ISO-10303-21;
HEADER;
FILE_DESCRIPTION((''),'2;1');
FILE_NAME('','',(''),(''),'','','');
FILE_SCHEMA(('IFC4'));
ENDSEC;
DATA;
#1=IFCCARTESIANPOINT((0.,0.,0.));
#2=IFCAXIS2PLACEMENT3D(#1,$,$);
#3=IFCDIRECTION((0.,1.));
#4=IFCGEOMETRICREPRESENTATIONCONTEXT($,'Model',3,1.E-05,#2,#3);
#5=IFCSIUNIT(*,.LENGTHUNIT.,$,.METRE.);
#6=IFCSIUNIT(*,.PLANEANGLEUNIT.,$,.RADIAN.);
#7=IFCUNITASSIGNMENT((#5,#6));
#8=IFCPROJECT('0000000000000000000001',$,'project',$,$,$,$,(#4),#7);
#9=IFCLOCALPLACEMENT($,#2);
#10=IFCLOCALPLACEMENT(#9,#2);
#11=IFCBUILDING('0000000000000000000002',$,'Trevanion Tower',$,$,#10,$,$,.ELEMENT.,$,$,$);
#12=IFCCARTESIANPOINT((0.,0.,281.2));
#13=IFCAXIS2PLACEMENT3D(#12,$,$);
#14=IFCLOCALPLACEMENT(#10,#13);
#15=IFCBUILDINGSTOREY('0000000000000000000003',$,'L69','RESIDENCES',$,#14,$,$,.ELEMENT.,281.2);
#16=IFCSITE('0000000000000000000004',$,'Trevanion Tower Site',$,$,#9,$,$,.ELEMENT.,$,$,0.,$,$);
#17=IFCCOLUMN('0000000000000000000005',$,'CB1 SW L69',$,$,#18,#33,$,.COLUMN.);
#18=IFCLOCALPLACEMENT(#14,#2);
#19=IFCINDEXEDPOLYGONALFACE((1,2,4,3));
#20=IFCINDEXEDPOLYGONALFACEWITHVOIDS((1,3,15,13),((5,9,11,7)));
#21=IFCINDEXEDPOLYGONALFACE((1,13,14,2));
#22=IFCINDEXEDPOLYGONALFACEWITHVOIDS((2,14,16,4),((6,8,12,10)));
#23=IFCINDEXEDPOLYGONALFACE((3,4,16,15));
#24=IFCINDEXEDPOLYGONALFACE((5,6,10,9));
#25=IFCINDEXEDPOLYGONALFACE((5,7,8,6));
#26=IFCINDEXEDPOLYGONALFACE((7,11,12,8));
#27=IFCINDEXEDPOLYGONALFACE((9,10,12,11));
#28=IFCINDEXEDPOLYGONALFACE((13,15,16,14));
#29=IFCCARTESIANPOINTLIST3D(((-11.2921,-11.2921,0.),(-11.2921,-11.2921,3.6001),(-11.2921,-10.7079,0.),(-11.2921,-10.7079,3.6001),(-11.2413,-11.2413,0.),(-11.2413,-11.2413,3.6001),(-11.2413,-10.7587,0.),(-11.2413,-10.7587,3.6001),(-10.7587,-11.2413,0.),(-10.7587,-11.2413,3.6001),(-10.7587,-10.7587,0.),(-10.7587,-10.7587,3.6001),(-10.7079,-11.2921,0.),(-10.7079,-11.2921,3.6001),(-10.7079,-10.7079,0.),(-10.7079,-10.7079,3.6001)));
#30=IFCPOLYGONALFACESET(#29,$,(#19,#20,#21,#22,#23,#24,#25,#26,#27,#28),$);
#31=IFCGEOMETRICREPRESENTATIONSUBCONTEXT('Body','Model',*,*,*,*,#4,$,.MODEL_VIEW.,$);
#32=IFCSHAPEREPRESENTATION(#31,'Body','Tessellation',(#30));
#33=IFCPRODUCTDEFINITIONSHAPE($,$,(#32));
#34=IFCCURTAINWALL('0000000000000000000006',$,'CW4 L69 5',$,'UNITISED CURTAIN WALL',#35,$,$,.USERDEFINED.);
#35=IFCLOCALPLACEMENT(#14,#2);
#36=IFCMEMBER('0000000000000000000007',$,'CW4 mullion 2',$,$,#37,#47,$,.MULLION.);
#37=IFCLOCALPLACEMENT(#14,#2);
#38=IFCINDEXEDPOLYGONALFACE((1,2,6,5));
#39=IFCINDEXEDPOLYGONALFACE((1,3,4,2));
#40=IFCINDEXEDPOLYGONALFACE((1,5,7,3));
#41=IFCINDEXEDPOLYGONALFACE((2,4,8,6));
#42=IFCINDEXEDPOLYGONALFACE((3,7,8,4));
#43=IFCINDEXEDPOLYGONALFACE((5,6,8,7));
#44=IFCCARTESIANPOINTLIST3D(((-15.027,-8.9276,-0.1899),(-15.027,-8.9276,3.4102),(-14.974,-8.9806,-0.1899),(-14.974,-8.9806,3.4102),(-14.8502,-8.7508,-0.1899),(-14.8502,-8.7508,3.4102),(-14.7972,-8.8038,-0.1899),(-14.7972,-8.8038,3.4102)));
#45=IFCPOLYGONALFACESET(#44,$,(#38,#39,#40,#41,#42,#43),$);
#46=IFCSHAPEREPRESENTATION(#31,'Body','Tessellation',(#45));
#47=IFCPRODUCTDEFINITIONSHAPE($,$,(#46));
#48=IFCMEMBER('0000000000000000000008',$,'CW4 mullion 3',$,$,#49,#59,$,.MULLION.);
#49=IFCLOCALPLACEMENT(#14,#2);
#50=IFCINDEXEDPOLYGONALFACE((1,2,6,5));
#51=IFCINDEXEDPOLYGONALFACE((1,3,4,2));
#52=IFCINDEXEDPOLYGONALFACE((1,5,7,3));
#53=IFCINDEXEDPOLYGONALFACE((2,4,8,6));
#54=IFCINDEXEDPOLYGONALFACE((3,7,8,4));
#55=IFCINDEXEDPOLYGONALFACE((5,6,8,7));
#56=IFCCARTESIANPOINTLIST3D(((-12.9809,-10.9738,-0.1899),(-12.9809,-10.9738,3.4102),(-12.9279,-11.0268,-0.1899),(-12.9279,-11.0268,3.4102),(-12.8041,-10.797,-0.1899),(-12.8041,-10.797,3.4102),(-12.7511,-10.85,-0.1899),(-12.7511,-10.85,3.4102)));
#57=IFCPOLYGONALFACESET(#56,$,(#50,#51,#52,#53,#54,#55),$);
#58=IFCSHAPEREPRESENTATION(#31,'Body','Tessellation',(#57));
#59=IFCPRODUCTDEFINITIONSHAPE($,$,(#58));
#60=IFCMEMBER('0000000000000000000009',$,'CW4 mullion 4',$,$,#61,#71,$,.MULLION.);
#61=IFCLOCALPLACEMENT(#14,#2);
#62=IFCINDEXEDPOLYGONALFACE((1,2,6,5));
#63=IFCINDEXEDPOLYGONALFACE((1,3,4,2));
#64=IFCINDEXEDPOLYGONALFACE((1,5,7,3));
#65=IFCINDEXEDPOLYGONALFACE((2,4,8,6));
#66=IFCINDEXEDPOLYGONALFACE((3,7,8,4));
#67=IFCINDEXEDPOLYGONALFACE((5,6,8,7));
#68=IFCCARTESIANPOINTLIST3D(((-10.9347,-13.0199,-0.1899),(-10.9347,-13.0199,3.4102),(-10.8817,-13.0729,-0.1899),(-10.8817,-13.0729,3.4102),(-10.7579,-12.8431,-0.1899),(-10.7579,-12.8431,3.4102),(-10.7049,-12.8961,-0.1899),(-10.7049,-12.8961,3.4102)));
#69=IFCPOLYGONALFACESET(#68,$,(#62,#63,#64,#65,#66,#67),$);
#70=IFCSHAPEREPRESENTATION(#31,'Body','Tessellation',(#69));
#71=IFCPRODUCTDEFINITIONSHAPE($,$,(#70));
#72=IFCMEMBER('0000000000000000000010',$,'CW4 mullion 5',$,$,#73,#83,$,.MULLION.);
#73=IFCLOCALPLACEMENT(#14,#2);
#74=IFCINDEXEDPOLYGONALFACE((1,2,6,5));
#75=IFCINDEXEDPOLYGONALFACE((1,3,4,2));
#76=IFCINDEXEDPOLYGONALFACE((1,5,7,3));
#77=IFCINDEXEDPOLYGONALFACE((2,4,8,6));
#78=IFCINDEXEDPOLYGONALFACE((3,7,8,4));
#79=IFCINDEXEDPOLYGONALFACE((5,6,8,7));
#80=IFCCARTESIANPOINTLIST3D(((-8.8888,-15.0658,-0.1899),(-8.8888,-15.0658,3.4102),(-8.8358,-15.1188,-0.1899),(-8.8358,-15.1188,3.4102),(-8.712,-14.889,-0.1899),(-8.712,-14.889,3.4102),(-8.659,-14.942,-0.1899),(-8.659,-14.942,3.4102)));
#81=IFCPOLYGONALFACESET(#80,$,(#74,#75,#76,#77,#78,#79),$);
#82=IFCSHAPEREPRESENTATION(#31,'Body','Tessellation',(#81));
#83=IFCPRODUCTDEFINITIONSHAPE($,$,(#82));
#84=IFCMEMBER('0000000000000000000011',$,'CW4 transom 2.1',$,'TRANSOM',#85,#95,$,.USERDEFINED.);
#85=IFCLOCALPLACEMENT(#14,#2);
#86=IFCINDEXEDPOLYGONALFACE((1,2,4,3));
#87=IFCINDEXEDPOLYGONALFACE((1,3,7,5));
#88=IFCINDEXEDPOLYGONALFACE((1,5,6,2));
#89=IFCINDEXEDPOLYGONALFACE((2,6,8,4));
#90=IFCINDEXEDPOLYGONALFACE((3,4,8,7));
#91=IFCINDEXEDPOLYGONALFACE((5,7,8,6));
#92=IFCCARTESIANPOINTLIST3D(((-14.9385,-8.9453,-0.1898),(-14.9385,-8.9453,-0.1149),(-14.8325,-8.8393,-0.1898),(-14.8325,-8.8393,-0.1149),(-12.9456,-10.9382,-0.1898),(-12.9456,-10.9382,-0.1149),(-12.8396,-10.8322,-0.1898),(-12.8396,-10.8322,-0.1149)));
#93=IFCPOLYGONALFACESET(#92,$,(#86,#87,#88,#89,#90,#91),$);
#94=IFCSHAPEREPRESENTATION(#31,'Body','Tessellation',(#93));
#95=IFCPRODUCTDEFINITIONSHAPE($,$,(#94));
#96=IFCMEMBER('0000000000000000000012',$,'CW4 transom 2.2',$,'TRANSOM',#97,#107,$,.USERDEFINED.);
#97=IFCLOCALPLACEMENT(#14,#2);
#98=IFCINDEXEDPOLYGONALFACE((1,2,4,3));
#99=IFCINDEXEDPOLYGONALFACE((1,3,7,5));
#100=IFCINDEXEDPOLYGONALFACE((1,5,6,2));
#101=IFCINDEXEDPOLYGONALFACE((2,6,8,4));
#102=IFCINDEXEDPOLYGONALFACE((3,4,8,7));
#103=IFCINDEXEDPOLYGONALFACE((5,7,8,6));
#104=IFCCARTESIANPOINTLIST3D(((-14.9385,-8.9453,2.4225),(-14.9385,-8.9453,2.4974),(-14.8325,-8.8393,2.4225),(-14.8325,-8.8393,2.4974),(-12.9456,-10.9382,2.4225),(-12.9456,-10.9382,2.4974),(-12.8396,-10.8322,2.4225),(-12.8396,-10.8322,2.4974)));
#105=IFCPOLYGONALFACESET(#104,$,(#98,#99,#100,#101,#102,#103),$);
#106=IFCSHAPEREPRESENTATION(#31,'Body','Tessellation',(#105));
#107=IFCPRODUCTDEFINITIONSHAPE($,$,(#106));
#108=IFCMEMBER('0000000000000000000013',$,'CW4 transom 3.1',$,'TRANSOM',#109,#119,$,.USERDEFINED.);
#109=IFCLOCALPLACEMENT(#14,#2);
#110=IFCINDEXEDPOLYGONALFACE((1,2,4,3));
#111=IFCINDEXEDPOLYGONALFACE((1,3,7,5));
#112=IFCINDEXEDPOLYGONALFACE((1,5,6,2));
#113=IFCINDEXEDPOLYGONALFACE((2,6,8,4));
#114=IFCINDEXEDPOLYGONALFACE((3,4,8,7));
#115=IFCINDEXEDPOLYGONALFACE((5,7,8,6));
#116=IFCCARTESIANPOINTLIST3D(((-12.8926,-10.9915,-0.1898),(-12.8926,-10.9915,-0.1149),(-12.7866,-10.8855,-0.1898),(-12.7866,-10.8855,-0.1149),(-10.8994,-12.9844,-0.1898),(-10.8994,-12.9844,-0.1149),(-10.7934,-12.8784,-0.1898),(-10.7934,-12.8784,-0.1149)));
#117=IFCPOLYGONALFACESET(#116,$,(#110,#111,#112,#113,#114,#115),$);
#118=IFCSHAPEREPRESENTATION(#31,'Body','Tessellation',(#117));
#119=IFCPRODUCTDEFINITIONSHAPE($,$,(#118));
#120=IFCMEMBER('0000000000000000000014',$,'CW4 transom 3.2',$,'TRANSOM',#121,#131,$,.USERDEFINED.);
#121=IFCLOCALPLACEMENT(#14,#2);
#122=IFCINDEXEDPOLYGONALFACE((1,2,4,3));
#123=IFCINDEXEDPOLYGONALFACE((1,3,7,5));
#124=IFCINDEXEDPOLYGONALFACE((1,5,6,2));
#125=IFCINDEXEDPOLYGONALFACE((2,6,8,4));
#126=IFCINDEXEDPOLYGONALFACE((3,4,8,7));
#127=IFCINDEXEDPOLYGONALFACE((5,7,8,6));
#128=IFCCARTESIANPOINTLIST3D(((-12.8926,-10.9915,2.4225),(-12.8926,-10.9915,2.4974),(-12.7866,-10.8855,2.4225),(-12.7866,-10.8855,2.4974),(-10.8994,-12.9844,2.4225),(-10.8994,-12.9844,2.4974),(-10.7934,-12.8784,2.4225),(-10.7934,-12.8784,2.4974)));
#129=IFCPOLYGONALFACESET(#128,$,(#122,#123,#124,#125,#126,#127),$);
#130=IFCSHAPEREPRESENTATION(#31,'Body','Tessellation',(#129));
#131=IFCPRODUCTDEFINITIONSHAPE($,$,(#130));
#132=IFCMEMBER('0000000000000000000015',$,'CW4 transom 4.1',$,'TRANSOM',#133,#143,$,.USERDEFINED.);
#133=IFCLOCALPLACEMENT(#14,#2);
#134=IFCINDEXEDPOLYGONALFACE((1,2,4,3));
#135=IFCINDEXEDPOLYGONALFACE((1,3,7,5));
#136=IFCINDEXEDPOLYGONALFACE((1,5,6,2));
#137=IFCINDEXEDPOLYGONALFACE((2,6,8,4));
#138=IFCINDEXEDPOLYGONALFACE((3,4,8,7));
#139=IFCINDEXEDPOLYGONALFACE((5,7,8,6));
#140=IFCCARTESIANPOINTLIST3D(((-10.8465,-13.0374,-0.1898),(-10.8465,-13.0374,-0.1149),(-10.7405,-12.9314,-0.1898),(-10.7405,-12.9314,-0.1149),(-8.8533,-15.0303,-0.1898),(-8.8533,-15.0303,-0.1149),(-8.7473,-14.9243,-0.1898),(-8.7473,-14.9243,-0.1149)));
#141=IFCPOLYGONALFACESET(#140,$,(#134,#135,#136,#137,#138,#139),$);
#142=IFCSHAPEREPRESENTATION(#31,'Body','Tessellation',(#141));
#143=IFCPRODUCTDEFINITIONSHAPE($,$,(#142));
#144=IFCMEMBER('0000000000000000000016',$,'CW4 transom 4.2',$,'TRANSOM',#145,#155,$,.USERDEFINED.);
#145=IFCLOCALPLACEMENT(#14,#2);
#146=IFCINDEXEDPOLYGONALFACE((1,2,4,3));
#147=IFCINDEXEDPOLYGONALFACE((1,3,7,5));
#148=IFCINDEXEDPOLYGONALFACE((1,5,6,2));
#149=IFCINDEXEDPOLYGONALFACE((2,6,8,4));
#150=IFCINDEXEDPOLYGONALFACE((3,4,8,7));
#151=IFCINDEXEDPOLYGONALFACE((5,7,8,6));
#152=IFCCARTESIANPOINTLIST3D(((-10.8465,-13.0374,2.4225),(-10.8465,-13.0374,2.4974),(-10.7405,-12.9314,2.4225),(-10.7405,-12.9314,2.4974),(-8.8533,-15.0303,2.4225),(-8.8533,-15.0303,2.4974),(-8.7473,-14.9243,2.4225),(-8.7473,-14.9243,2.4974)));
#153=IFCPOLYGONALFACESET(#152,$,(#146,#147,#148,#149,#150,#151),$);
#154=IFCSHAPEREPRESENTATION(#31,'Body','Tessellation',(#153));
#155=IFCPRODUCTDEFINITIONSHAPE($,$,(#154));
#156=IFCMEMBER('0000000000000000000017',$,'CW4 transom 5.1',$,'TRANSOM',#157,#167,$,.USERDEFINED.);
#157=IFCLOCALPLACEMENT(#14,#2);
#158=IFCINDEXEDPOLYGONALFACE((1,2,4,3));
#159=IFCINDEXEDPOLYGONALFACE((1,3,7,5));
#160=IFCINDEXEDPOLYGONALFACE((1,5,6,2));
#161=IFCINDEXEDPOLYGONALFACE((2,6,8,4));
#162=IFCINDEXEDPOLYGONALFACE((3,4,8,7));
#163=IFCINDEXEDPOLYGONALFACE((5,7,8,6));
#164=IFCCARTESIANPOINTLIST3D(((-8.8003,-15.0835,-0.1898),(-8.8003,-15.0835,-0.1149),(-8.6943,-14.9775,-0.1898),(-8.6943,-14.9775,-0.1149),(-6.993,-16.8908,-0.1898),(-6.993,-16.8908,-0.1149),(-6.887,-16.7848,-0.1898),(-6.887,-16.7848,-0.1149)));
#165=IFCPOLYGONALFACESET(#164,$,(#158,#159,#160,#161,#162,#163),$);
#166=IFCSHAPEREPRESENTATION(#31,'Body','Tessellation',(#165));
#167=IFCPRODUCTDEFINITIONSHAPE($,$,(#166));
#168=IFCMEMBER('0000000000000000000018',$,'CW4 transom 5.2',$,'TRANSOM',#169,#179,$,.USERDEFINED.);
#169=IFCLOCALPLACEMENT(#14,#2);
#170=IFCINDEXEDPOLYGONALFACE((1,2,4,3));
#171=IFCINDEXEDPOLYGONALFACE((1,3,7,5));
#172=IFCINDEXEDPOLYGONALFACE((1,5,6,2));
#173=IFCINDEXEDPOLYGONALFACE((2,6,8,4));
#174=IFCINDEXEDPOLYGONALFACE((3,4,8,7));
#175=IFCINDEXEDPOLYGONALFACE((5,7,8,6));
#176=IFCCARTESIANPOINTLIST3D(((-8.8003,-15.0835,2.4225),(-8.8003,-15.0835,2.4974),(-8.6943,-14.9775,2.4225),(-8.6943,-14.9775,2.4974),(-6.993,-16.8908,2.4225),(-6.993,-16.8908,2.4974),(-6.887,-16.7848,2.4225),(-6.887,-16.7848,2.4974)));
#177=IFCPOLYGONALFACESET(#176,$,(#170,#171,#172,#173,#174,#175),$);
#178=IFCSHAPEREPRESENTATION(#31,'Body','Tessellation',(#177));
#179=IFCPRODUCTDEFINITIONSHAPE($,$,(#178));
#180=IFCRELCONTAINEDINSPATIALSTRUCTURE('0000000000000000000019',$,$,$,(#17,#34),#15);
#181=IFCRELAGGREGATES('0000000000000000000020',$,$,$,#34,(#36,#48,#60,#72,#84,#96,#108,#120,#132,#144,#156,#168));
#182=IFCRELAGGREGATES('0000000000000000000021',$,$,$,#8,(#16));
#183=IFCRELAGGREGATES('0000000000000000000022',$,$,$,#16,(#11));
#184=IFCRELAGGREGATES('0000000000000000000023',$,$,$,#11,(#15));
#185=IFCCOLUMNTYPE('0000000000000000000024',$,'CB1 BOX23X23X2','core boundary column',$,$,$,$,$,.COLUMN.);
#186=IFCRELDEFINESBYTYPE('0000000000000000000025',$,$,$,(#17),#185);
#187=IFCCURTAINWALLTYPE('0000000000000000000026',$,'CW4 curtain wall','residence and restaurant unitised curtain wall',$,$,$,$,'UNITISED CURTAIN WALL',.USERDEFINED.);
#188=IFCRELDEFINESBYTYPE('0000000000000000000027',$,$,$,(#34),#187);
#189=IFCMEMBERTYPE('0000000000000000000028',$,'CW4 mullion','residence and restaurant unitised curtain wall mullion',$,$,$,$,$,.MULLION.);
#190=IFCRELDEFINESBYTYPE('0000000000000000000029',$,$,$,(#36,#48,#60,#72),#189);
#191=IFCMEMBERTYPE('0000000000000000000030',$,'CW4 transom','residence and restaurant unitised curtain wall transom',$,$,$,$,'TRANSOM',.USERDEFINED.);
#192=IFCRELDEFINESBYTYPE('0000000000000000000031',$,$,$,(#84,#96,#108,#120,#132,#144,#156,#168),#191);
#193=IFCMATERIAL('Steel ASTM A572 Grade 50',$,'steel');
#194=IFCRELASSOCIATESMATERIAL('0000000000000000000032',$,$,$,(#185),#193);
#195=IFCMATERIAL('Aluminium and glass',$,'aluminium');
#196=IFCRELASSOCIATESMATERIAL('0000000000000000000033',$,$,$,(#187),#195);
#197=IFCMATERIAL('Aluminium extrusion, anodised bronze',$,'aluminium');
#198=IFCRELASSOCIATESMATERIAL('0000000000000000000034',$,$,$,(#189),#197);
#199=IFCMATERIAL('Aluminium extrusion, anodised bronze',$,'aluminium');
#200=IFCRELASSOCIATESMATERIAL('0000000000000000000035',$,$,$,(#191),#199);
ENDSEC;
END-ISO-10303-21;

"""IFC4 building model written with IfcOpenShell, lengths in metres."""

from ifc_helpers import new_model, si_unit, direction, frame, origin, origin_2d, place, context, subcontext, project, spatial, rectangle, hollow_rectangle, extrude, material, material_profile, profile_set, type_object, element, aggregate, save


model = new_model("IFC4")

# Units and contexts
model_context = context("Model", 3, precision=1e-05, world=origin(), true_north=direction((0.0, 1.0)))
body_context = subcontext(model_context, "Body", "Model", "MODEL_VIEW")
ifc_project = project(units=[si_unit("LENGTHUNIT", "METRE"), si_unit("PLANEANGLEUNIT", "RADIAN")], contexts=[model_context])

# Site, building, storey
site_placement = place(None, origin())
site = spatial("IfcSite", under=ifc_project, at=site_placement, Name="Trevanion Tower Site", CompositionType="ELEMENT", RefElevation=0.0)
building_placement = place(site_placement, origin())
building = spatial("IfcBuilding", under=site, at=building_placement, Name="Trevanion Tower", CompositionType="ELEMENT")
storey_placement = place(building_placement, frame((0.0, 0.0, 281.2)))
storey = spatial("IfcBuildingStorey", under=building, at=storey_placement, Name="L69", Description="RESIDENCES", CompositionType="ELEMENT", Elevation=281.2)

# Column
ifc_material_1 = material(Name="Steel ASTM A572 Grade 50", Category="steel")
ifc_material_profile_1 = material_profile(ifc_material_1, hollow_rectangle(XDim=0.5842, YDim=0.5842, WallThickness=0.0508, at=origin_2d()), Name="BOX23X23X2")
ifc_profile_set_1 = profile_set([ifc_material_profile_1], Name="Steel ASTM A572 Grade 50")
column_type = type_object("IfcColumnType", Name="CB1 BOX23X23X2", Description="core boundary column", PredefinedType="COLUMN", material=ifc_profile_set_1)
column_placement = place(storey_placement, frame((-11.0, -11.0, 0.0), z_axis=(0.0, 0.0, 1.0), x_axis=(1.0, 0.0, 0.0)))
element("IfcColumn", 1, at=column_placement, inside=storey, type_object=column_type, Name="CB1 SW L69", PredefinedType="COLUMN", context=body_context, shape_type="SweptSolid", body=[
    extrude(hollow_rectangle(XDim=0.5842, YDim=0.5842, WallThickness=0.0508, at=origin_2d()), origin(), (0.0, 0.0, 1.0), 3.6001),
])

# Curtain wall, members
ifc_material_2 = material(Name="Aluminium and glass", Category="aluminium")
curtain_wall_type = type_object("IfcCurtainWallType", Name="CW4 curtain wall", Description="residence and restaurant unitised curtain wall", ElementType="UNITISED CURTAIN WALL", PredefinedType="USERDEFINED", material=ifc_material_2)
curtain_wall_placement = place(storey_placement, origin())
curtain_wall = element("IfcCurtainWall", 2, at=curtain_wall_placement, inside=storey, type_object=curtain_wall_type, Name="CW4 L69 5", ObjectType="UNITISED CURTAIN WALL", PredefinedType="USERDEFINED")
ifc_material_3 = material(Name="Aluminium extrusion, anodised bronze", Category="aluminium")
ifc_material_profile_2 = material_profile(ifc_material_3, rectangle(XDim=0.075, YDim=0.25, at=origin_2d()), Name="CW4 mullion")
ifc_profile_set_2 = profile_set([ifc_material_profile_2], Name="Aluminium extrusion, anodised bronze")
member_type_1 = type_object("IfcMemberType", Name="CW4 mullion", Description="residence and restaurant unitised curtain wall mullion", PredefinedType="MULLION", material=ifc_profile_set_2)
member_1_placement = place(storey_placement, frame((-14.9121, -8.8657, -0.1899), z_axis=(0.0, 0.0, 1.0), x_axis=(0.707107, -0.707107, 0.0)))
member_1 = element("IfcMember", 3, at=member_1_placement, type_object=member_type_1, Name="CW4 mullion 2", PredefinedType="MULLION", context=body_context, shape_type="SweptSolid", body=[
    extrude(rectangle(XDim=0.075, YDim=0.25, at=origin_2d()), origin(), (0.0, 0.0, 1.0), 3.6001),
])
member_2_placement = place(storey_placement, frame((-12.866, -10.9119, -0.1899), z_axis=(0.0, 0.0, 1.0), x_axis=(0.707107, -0.707107, 0.0)))
member_2 = element("IfcMember", 4, at=member_2_placement, type_object=member_type_1, Name="CW4 mullion 3", PredefinedType="MULLION", context=body_context, shape_type="SweptSolid", body=[
    extrude(rectangle(XDim=0.075, YDim=0.25, at=origin_2d()), origin(), (0.0, 0.0, 1.0), 3.6001),
])
member_3_placement = place(storey_placement, frame((-10.8198, -12.958, -0.1899), z_axis=(0.0, 0.0, 1.0), x_axis=(0.707107, -0.707107, 0.0)))
member_3 = element("IfcMember", 5, at=member_3_placement, type_object=member_type_1, Name="CW4 mullion 4", PredefinedType="MULLION", context=body_context, shape_type="SweptSolid", body=[
    extrude(rectangle(XDim=0.075, YDim=0.25, at=origin_2d()), origin(), (0.0, 0.0, 1.0), 3.6001),
])
member_4_placement = place(storey_placement, frame((-8.7739, -15.0039, -0.1899), z_axis=(0.0, 0.0, 1.0), x_axis=(0.707107, -0.707107, 0.0)))
member_4 = element("IfcMember", 6, at=member_4_placement, type_object=member_type_1, Name="CW4 mullion 5", PredefinedType="MULLION", context=body_context, shape_type="SweptSolid", body=[
    extrude(rectangle(XDim=0.075, YDim=0.25, at=origin_2d()), origin(), (0.0, 0.0, 1.0), 3.6001),
])
ifc_material_4 = material(Name="Aluminium extrusion, anodised bronze", Category="aluminium")
ifc_material_profile_3 = material_profile(ifc_material_4, rectangle(XDim=0.1499, YDim=0.075, at=origin_2d()), Name="CW4 transom")
ifc_profile_set_3 = profile_set([ifc_material_profile_3], Name="Aluminium extrusion, anodised bronze")
member_type_2 = type_object("IfcMemberType", Name="CW4 transom", Description="residence and restaurant unitised curtain wall transom", ElementType="TRANSOM", PredefinedType="USERDEFINED", material=ifc_profile_set_3)
member_5_placement = place(storey_placement, frame((-14.8855, -8.8923, -0.1523), z_axis=(0.707107, -0.707107, 0.0), x_axis=(0.707107, 0.707107, 0.0)))
member_5 = element("IfcMember", 7, at=member_5_placement, type_object=member_type_2, Name="CW4 transom 2.1", ObjectType="TRANSOM", PredefinedType="USERDEFINED", context=body_context, shape_type="SweptSolid", body=[
    extrude(rectangle(XDim=0.1499, YDim=0.075, at=origin_2d()), origin(), (0.0, 0.0, 1.0), 2.8184),
])
member_6_placement = place(storey_placement, frame((-14.8855, -8.8923, 2.46), z_axis=(0.707107, -0.707107, 0.0), x_axis=(0.707107, 0.707107, 0.0)))
member_6 = element("IfcMember", 8, at=member_6_placement, type_object=member_type_2, Name="CW4 transom 2.2", ObjectType="TRANSOM", PredefinedType="USERDEFINED", context=body_context, shape_type="SweptSolid", body=[
    extrude(rectangle(XDim=0.1499, YDim=0.075, at=origin_2d()), origin(), (0.0, 0.0, 1.0), 2.8184),
])
member_7_placement = place(storey_placement, frame((-12.8396, -10.9385, -0.1523), z_axis=(0.70715, -0.707063, 0.0), x_axis=(0.707063, 0.70715, 0.0)))
member_7 = element("IfcMember", 9, at=member_7_placement, type_object=member_type_2, Name="CW4 transom 3.1", ObjectType="TRANSOM", PredefinedType="USERDEFINED", context=body_context, shape_type="SweptSolid", body=[
    extrude(rectangle(XDim=0.1499, YDim=0.075, at=origin_2d()), origin(), (0.0, 0.0, 1.0), 2.8186),
])
member_8_placement = place(storey_placement, frame((-12.8396, -10.9385, 2.46), z_axis=(0.70715, -0.707063, 0.0), x_axis=(0.707063, 0.70715, 0.0)))
member_8 = element("IfcMember", 10, at=member_8_placement, type_object=member_type_2, Name="CW4 transom 3.2", ObjectType="TRANSOM", PredefinedType="USERDEFINED", context=body_context, shape_type="SweptSolid", body=[
    extrude(rectangle(XDim=0.1499, YDim=0.075, at=origin_2d()), origin(), (0.0, 0.0, 1.0), 2.8186),
])
member_9_placement = place(storey_placement, frame((-10.7935, -12.9844, -0.1523), z_axis=(0.70715, -0.707063, 0.0), x_axis=(0.707063, 0.70715, 0.0)))
member_9 = element("IfcMember", 11, at=member_9_placement, type_object=member_type_2, Name="CW4 transom 4.1", ObjectType="TRANSOM", PredefinedType="USERDEFINED", context=body_context, shape_type="SweptSolid", body=[
    extrude(rectangle(XDim=0.1499, YDim=0.075, at=origin_2d()), origin(), (0.0, 0.0, 1.0), 2.8186),
])
member_10_placement = place(storey_placement, frame((-10.7935, -12.9844, 2.46), z_axis=(0.70715, -0.707063, 0.0), x_axis=(0.707063, 0.70715, 0.0)))
member_10 = element("IfcMember", 12, at=member_10_placement, type_object=member_type_2, Name="CW4 transom 4.2", ObjectType="TRANSOM", PredefinedType="USERDEFINED", context=body_context, shape_type="SweptSolid", body=[
    extrude(rectangle(XDim=0.1499, YDim=0.075, at=origin_2d()), origin(), (0.0, 0.0, 1.0), 2.8186),
])
member_11_placement = place(storey_placement, frame((-8.7473, -15.0305, -0.1523), z_axis=(0.707107, -0.707107, 0.0), x_axis=(0.707107, 0.707107, 0.0)))
member_11 = element("IfcMember", 13, at=member_11_placement, type_object=member_type_2, Name="CW4 transom 5.1", ObjectType="TRANSOM", PredefinedType="USERDEFINED", context=body_context, shape_type="SweptSolid", body=[
    extrude(rectangle(XDim=0.1499, YDim=0.075, at=origin_2d()), origin(), (0.0, 0.0, 1.0), 2.5559),
])
member_12_placement = place(storey_placement, frame((-8.7473, -15.0305, 2.46), z_axis=(0.707107, -0.707107, 0.0), x_axis=(0.707107, 0.707107, 0.0)))
member_12 = element("IfcMember", 14, at=member_12_placement, type_object=member_type_2, Name="CW4 transom 5.2", ObjectType="TRANSOM", PredefinedType="USERDEFINED", context=body_context, shape_type="SweptSolid", body=[
    extrude(rectangle(XDim=0.1499, YDim=0.075, at=origin_2d()), origin(), (0.0, 0.0, 1.0), 2.5559),
])

aggregate(curtain_wall, [member_1, member_2, member_3, member_4, member_5, member_6, member_7, member_8, member_9, member_10, member_11, member_12])

save(model, "model.ifc")
